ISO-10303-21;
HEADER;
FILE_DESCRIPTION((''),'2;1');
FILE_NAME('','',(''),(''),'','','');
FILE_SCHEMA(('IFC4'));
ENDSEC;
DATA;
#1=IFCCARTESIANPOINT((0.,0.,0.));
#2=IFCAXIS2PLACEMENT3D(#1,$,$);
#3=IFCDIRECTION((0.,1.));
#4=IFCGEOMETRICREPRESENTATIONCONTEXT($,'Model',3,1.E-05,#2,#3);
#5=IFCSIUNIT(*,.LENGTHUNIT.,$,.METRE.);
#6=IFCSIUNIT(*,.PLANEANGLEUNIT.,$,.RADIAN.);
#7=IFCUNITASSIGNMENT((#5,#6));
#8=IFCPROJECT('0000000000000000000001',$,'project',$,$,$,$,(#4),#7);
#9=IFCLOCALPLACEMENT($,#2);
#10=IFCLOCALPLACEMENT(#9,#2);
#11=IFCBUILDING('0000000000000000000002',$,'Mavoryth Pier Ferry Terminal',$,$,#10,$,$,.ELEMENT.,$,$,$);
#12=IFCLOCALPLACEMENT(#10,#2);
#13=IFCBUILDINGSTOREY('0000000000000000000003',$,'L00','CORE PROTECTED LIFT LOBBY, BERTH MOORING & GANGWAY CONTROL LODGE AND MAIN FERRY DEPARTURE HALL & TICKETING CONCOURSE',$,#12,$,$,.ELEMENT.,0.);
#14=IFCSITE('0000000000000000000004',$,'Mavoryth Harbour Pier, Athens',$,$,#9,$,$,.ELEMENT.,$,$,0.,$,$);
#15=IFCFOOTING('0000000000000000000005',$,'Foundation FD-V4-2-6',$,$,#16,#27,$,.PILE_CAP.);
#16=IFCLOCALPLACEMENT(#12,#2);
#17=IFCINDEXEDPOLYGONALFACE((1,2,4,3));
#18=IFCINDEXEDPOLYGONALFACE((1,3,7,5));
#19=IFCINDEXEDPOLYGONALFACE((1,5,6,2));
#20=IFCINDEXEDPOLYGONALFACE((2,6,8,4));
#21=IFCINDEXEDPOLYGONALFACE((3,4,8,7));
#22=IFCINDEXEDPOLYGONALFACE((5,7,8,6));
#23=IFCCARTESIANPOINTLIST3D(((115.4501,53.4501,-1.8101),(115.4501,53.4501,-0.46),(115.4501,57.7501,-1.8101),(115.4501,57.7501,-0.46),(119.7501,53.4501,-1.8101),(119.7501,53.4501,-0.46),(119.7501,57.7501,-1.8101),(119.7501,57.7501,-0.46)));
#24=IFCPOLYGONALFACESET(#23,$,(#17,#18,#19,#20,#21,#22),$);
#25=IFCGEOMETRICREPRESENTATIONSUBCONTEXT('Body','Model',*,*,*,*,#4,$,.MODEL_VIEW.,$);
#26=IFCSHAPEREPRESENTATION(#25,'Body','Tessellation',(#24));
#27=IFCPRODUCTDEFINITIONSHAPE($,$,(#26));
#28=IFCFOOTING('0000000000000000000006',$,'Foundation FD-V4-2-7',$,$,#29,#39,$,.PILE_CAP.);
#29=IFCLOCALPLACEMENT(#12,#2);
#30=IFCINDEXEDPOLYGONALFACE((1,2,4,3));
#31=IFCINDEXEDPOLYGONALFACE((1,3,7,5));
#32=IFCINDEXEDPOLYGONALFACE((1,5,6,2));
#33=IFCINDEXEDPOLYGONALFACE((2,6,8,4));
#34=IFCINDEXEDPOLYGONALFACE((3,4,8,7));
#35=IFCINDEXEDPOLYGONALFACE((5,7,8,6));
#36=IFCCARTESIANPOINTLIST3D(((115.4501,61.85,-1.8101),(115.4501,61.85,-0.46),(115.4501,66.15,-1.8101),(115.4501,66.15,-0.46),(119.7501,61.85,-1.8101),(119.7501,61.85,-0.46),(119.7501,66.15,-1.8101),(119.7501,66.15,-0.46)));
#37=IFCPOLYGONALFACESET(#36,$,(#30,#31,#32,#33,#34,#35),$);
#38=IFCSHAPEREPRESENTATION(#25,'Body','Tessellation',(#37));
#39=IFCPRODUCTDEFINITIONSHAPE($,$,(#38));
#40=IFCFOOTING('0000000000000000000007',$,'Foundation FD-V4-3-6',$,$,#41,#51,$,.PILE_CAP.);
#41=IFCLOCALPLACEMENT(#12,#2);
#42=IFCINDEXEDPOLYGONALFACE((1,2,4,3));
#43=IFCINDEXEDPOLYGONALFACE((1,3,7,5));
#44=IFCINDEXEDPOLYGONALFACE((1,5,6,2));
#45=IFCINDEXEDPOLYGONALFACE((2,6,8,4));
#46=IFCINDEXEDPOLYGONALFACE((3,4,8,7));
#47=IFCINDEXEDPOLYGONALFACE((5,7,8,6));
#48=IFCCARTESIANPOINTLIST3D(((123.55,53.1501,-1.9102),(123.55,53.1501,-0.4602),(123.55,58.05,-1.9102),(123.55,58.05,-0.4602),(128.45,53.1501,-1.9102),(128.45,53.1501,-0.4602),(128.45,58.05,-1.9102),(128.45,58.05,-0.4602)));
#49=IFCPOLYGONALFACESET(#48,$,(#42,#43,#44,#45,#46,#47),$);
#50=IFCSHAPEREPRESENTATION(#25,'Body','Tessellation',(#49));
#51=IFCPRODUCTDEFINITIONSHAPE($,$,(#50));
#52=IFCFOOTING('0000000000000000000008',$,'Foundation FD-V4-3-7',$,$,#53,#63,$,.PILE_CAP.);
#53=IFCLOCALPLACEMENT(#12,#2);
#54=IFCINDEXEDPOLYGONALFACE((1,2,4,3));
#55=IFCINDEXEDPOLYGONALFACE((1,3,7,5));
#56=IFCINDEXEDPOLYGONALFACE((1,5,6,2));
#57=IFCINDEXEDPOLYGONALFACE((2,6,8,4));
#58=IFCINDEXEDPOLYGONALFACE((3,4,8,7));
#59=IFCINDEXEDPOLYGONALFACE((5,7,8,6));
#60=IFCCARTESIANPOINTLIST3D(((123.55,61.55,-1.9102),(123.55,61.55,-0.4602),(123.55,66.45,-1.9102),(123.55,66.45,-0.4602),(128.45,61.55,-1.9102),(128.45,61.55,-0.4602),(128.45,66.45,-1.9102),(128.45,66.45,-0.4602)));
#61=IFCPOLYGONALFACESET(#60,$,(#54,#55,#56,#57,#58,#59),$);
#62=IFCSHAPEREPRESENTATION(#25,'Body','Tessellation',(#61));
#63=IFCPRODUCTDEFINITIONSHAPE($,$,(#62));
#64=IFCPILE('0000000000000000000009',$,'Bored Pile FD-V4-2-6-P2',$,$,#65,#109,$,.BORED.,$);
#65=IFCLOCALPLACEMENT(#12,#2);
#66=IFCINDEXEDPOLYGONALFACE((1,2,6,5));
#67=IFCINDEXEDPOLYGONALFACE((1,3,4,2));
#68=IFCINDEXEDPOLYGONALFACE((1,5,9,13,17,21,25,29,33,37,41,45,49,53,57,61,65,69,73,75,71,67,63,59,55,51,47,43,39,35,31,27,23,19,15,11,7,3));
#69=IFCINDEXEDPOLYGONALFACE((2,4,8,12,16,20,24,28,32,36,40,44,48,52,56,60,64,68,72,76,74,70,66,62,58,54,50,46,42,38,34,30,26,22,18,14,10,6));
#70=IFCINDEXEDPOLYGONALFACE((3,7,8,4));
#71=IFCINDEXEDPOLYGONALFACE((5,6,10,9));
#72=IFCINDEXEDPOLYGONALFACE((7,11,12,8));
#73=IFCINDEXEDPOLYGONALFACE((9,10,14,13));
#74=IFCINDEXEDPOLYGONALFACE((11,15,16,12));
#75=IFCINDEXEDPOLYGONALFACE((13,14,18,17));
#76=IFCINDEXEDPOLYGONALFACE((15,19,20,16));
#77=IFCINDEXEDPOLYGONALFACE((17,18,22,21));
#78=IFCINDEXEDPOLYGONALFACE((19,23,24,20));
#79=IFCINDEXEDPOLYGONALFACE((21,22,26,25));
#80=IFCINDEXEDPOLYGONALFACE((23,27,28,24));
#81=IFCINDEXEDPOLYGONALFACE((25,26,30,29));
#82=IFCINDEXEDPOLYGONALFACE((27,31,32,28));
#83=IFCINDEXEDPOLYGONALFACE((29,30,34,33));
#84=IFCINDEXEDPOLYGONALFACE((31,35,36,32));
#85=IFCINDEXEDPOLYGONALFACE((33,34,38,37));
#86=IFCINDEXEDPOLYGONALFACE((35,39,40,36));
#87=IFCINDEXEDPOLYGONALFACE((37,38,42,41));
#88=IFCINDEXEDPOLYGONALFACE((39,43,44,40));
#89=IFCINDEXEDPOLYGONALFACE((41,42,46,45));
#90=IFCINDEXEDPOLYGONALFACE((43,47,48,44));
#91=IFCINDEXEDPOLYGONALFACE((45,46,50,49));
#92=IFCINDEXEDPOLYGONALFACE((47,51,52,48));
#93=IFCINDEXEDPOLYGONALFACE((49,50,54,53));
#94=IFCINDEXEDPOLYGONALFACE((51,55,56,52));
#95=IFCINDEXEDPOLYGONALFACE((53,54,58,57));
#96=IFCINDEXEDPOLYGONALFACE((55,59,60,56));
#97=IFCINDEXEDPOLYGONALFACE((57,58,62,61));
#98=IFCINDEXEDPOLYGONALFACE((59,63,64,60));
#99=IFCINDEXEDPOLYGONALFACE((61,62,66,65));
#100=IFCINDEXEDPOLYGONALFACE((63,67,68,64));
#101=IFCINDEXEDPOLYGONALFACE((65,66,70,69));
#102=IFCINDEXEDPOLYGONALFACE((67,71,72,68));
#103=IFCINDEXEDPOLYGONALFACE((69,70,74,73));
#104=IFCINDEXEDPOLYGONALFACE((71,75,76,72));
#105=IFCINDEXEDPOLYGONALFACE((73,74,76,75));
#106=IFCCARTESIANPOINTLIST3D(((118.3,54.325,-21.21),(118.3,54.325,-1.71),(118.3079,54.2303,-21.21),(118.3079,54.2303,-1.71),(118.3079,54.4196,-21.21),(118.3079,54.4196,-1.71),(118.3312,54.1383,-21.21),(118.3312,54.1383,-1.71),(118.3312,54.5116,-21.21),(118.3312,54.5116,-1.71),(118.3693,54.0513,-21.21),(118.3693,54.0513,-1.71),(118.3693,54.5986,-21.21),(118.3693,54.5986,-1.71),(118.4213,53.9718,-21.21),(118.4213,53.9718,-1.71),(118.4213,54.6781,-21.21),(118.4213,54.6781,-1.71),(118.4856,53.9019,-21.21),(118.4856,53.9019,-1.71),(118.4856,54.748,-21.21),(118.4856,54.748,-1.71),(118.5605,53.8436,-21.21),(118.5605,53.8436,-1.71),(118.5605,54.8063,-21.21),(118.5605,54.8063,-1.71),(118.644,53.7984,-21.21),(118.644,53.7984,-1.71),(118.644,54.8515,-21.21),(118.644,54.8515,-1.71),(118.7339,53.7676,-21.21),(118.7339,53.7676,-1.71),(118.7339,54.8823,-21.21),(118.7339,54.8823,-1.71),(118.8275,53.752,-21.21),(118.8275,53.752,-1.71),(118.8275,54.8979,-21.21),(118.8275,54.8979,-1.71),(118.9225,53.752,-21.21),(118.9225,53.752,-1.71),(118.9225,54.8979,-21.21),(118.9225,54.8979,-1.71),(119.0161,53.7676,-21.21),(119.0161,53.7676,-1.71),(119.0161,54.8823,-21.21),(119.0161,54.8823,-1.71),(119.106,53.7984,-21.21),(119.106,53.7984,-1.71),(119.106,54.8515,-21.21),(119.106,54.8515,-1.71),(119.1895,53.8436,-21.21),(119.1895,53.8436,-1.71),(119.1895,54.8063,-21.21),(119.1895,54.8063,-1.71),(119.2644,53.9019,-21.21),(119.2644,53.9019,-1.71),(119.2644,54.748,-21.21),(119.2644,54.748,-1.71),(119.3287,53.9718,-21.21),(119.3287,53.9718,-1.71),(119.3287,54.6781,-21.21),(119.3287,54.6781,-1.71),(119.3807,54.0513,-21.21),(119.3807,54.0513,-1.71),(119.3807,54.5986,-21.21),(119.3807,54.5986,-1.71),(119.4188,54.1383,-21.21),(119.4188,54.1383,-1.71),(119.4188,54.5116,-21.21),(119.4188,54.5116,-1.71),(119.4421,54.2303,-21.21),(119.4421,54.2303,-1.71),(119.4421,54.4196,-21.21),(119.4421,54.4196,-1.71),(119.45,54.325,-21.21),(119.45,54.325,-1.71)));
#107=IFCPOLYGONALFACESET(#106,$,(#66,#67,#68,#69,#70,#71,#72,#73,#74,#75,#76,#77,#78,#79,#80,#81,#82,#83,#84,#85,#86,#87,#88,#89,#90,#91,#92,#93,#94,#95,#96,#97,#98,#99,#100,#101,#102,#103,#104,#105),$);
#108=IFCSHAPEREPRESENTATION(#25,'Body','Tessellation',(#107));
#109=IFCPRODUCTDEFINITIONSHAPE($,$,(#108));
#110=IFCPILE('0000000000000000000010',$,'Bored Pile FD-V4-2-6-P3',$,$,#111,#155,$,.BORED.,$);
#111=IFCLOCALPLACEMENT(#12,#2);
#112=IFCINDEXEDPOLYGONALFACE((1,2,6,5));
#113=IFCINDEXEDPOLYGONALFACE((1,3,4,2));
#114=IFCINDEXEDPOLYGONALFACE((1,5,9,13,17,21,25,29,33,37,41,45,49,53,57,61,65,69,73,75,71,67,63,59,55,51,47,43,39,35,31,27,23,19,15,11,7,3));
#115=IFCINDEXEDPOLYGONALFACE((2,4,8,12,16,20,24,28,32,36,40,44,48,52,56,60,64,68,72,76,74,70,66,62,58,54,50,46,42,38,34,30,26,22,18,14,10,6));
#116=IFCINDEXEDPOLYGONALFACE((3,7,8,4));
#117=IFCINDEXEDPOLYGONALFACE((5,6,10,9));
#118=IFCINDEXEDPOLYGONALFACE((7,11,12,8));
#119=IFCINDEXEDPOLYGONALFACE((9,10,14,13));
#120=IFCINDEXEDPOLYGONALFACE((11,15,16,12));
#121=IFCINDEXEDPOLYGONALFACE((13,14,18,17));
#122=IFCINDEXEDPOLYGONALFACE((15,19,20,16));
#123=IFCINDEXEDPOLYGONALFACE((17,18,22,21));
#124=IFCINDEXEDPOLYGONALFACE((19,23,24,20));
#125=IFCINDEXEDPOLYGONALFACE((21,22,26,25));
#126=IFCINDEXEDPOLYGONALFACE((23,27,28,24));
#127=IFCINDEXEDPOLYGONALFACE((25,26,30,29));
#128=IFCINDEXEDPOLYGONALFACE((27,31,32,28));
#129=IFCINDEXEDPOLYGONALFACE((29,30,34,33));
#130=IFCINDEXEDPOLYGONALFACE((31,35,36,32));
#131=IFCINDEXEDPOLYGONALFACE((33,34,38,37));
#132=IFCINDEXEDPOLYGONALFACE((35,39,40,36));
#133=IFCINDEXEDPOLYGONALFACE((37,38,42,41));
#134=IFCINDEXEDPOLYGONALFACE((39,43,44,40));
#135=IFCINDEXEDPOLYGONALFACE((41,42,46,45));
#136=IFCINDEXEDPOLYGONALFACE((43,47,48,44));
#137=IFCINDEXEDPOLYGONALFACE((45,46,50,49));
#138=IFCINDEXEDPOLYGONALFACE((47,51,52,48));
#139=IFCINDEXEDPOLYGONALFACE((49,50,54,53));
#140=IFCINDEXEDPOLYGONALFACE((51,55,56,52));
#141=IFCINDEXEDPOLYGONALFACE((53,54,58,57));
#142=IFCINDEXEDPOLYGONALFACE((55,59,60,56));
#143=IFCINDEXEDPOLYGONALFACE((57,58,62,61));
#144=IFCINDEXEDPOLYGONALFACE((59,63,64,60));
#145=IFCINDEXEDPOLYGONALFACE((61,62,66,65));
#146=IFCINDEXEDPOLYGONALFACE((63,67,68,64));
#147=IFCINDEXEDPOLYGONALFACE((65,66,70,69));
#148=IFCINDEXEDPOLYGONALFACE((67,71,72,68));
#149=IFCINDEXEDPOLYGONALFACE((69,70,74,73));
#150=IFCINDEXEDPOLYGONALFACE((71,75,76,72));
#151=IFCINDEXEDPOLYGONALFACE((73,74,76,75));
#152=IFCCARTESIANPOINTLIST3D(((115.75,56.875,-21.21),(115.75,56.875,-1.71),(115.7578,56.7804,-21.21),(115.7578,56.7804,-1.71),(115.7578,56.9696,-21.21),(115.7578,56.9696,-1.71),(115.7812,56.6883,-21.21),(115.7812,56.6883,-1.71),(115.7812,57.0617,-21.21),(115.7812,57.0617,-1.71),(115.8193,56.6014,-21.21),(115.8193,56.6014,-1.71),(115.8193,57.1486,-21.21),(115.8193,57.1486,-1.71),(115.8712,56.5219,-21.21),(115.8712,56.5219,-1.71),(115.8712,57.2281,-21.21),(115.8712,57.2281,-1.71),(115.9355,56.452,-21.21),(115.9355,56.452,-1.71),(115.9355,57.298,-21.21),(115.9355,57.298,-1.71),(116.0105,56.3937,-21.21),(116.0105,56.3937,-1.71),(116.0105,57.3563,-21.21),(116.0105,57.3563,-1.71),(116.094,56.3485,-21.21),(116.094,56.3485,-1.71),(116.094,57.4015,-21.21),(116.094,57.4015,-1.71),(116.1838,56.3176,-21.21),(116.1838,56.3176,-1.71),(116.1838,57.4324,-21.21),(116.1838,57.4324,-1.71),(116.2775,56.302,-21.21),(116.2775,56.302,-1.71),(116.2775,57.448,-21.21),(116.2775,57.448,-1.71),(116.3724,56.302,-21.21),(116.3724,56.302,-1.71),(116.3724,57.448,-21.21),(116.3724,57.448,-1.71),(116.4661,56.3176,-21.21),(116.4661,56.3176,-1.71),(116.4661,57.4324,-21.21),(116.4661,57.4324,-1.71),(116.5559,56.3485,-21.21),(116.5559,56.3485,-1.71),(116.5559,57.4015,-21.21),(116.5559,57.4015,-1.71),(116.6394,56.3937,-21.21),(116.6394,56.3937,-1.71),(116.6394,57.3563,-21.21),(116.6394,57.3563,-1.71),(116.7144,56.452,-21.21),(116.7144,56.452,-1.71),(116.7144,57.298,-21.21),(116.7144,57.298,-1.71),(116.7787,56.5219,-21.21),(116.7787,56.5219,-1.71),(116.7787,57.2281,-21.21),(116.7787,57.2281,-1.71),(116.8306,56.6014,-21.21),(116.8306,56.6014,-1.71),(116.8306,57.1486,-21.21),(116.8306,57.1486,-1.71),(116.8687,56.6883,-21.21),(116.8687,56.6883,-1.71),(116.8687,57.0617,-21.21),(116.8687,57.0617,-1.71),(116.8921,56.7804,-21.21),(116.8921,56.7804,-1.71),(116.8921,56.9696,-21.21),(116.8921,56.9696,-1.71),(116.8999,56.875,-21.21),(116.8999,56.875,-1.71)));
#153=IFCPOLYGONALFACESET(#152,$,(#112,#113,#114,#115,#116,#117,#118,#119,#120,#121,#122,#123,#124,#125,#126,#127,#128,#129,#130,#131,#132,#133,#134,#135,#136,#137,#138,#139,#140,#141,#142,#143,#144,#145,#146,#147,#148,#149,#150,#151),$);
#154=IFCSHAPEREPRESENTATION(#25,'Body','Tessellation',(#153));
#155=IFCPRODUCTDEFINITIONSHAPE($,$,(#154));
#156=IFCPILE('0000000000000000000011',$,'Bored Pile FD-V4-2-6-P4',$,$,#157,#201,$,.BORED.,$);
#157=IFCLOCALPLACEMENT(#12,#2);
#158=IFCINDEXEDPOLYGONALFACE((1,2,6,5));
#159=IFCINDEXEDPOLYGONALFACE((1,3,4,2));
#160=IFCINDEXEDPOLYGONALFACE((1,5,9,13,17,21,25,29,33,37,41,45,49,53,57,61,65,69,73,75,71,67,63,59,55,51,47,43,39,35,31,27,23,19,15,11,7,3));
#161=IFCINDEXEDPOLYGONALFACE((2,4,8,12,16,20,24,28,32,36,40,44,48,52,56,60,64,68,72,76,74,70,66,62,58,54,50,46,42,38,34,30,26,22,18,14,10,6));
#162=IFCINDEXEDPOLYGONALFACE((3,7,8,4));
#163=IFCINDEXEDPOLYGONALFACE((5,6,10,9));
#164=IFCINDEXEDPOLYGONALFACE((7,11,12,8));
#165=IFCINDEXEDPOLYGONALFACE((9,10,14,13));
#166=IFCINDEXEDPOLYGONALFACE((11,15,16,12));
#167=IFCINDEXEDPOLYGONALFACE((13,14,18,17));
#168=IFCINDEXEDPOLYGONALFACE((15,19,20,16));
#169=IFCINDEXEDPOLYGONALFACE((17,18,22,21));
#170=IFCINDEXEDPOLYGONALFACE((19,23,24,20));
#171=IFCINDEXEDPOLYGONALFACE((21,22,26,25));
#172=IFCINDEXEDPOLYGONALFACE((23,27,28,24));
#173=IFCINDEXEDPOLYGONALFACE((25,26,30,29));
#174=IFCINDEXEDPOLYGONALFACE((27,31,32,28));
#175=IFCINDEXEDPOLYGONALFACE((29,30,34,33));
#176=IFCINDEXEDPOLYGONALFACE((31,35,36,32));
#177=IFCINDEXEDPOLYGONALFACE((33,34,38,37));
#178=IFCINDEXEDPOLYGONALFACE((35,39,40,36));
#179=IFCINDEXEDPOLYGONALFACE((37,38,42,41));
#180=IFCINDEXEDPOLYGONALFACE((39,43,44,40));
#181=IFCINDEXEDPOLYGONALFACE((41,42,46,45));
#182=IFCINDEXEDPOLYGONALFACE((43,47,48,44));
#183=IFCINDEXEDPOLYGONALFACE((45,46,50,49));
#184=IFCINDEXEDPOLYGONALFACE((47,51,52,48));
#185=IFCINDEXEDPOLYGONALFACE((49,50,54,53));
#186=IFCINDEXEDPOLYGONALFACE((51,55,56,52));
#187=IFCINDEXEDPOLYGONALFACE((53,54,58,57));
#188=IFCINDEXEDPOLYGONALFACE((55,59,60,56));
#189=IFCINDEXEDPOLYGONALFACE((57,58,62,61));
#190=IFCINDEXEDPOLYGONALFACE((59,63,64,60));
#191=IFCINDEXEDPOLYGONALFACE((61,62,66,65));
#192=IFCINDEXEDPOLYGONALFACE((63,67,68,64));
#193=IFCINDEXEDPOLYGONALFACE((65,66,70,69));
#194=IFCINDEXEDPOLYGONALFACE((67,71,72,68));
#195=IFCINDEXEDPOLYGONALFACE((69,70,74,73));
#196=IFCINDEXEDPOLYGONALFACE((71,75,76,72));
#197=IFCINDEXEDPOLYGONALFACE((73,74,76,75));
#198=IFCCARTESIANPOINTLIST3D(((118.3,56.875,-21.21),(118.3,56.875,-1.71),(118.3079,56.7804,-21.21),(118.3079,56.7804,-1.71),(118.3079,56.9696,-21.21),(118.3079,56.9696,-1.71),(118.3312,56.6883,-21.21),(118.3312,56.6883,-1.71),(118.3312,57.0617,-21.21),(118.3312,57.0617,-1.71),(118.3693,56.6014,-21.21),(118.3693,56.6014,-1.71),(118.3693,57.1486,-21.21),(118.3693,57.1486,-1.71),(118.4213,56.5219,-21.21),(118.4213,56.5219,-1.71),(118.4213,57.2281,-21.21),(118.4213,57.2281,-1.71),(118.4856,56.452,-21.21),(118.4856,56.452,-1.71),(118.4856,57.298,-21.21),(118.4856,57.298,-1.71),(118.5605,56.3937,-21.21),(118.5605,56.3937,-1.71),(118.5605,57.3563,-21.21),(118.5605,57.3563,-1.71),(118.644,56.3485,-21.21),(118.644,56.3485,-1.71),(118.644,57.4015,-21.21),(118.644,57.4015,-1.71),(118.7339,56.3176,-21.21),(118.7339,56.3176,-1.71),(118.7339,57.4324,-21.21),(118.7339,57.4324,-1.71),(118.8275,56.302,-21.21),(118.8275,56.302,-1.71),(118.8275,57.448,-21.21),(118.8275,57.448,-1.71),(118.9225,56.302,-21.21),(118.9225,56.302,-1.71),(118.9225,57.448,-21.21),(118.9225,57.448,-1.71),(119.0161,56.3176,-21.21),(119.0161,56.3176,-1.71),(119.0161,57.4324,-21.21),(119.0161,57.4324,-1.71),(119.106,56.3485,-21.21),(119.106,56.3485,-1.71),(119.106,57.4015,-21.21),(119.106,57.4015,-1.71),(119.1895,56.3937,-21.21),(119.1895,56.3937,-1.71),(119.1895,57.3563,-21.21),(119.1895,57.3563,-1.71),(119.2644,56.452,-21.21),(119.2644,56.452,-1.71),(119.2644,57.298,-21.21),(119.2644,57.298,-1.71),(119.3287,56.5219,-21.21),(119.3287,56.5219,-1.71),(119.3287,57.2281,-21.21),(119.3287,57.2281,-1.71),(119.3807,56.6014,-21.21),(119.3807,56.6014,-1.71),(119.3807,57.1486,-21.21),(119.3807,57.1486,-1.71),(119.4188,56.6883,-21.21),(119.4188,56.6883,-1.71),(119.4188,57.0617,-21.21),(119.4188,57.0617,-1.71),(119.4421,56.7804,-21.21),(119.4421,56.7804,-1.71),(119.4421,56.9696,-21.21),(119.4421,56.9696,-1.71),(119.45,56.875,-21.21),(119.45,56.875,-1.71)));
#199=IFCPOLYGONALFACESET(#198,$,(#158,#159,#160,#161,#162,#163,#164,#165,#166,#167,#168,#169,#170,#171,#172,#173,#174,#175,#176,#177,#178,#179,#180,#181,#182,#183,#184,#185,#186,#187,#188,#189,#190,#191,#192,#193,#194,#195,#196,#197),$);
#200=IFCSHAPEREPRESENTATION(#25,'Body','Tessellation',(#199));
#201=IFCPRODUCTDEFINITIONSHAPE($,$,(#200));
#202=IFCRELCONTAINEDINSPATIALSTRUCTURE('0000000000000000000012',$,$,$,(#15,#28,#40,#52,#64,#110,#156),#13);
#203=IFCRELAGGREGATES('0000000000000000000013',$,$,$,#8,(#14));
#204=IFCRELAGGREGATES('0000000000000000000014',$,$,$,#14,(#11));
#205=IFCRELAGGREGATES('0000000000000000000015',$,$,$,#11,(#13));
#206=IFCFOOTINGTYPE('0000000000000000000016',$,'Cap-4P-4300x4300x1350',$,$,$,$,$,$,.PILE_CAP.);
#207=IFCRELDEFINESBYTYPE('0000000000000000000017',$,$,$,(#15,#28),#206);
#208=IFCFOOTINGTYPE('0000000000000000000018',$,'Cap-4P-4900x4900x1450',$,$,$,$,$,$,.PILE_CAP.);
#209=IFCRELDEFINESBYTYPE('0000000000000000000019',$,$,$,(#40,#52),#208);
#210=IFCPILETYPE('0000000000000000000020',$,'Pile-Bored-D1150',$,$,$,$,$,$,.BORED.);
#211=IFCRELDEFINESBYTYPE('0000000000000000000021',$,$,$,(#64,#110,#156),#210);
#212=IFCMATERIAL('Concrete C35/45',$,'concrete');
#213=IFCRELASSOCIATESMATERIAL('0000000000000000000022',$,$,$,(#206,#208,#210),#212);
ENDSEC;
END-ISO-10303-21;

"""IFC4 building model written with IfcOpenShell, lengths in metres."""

from ifc_helpers import new_model, si_unit, direction, frame, origin, origin_2d, place, context, subcontext, project, spatial, rectangle, circle, extrude, material, material_profile, profile_set, type_object, element, save


model = new_model("IFC4")

# Units and contexts
model_context = context("Model", 3, precision=1e-05, world=origin(), true_north=direction((0.0, 1.0)))
body_context = subcontext(model_context, "Body", "Model", "MODEL_VIEW")
ifc_project = project(units=[si_unit("LENGTHUNIT", "METRE"), si_unit("PLANEANGLEUNIT", "RADIAN")], contexts=[model_context])

# Site, building, storey
site_placement = place(None, origin())
site = spatial("IfcSite", under=ifc_project, at=site_placement, Name="Mavoryth Harbour Pier, Athens", CompositionType="ELEMENT", RefElevation=0.0)
building_placement = place(site_placement, origin())
building = spatial("IfcBuilding", under=site, at=building_placement, Name="Mavoryth Pier Ferry Terminal", CompositionType="ELEMENT")
storey_placement = place(building_placement, origin())
storey = spatial("IfcBuildingStorey", under=building, at=storey_placement, Name="L00", Description="CORE PROTECTED LIFT LOBBY, BERTH MOORING & GANGWAY CONTROL LODGE AND MAIN FERRY DEPARTURE HALL & TICKETING CONCOURSE", CompositionType="ELEMENT", Elevation=0.0)

# Footings
ifc_material_1 = material(Name="Concrete C35/45", Category="concrete")
footing_type_1 = type_object("IfcFootingType", Name="Cap-4P-4300x4300x1350", PredefinedType="PILE_CAP", material=ifc_material_1)
for number, where, z_axis, x_axis, name in (
    (1, (117.6001, 55.6001, -1.8101), (0.0, 0.0, 1.0), (1.0, 0.0, 0.0), "Foundation FD-V4-2-6"),
    (2, (117.6001, 64.0, -1.8101), (0.0, 0.0, 1.0), (1.0, 0.0, 0.0), "Foundation FD-V4-2-7"),
):
    element("IfcFooting", number, at=place(storey_placement, frame(where, z_axis=z_axis, x_axis=x_axis)), inside=storey, type_object=footing_type_1, Name=name, PredefinedType="PILE_CAP", context=body_context, shape_type="SweptSolid", body=[
        extrude(rectangle(XDim=4.3, YDim=4.3, at=origin_2d()), origin(), (0.0, 0.0, 1.0), 1.3501),
    ])
footing_type_2 = type_object("IfcFootingType", Name="Cap-4P-4900x4900x1450", PredefinedType="PILE_CAP", material=ifc_material_1)
for number, where, z_axis, x_axis, name in (
    (3, (126.0, 55.6001, -1.9102), (0.0, 0.0, 1.0), (1.0, 0.0, 0.0), "Foundation FD-V4-3-6"),
    (4, (126.0, 64.0, -1.9102), (0.0, 0.0, 1.0), (1.0, 0.0, 0.0), "Foundation FD-V4-3-7"),
):
    element("IfcFooting", number, at=place(storey_placement, frame(where, z_axis=z_axis, x_axis=x_axis)), inside=storey, type_object=footing_type_2, Name=name, PredefinedType="PILE_CAP", context=body_context, shape_type="SweptSolid", body=[
        extrude(rectangle(XDim=4.8999, YDim=4.8999, at=origin_2d()), origin(), (0.0, 0.0, 1.0), 1.45),
    ])

# Piles
ifc_material_profile_1 = material_profile(ifc_material_1, circle(Radius=0.575, at=origin_2d()), Name="PILE D1150", Category="concrete")
ifc_profile_set_1 = profile_set([ifc_material_profile_1], Name="Concrete C35/45 - PILE D1150")
pile_type_1 = type_object("IfcPileType", Name="Pile-Bored-D1150", PredefinedType="BORED", material=ifc_profile_set_1)
for number, where, z_axis, x_axis, name in (
    (5, (118.875, 54.325, -1.71), (0.0, 0.0, -1.0), (1.0, 0.0, 0.0), "Bored Pile FD-V4-2-6-P2"),
    (6, (116.325, 56.875, -1.71), (0.0, 0.0, -1.0), (1.0, 0.0, 0.0), "Bored Pile FD-V4-2-6-P3"),
    (7, (118.875, 56.875, -1.71), (0.0, 0.0, -1.0), (1.0, 0.0, 0.0), "Bored Pile FD-V4-2-6-P4"),
):
    element("IfcPile", number, at=place(storey_placement, frame(where, z_axis=z_axis, x_axis=x_axis)), inside=storey, type_object=pile_type_1, Name=name, PredefinedType="BORED", context=body_context, shape_type="SweptSolid", body=[
        extrude(circle(Radius=0.575, at=origin_2d()), origin(), (0.0, 0.0, 1.0), 19.5),
    ])

save(model, "model.ifc")
